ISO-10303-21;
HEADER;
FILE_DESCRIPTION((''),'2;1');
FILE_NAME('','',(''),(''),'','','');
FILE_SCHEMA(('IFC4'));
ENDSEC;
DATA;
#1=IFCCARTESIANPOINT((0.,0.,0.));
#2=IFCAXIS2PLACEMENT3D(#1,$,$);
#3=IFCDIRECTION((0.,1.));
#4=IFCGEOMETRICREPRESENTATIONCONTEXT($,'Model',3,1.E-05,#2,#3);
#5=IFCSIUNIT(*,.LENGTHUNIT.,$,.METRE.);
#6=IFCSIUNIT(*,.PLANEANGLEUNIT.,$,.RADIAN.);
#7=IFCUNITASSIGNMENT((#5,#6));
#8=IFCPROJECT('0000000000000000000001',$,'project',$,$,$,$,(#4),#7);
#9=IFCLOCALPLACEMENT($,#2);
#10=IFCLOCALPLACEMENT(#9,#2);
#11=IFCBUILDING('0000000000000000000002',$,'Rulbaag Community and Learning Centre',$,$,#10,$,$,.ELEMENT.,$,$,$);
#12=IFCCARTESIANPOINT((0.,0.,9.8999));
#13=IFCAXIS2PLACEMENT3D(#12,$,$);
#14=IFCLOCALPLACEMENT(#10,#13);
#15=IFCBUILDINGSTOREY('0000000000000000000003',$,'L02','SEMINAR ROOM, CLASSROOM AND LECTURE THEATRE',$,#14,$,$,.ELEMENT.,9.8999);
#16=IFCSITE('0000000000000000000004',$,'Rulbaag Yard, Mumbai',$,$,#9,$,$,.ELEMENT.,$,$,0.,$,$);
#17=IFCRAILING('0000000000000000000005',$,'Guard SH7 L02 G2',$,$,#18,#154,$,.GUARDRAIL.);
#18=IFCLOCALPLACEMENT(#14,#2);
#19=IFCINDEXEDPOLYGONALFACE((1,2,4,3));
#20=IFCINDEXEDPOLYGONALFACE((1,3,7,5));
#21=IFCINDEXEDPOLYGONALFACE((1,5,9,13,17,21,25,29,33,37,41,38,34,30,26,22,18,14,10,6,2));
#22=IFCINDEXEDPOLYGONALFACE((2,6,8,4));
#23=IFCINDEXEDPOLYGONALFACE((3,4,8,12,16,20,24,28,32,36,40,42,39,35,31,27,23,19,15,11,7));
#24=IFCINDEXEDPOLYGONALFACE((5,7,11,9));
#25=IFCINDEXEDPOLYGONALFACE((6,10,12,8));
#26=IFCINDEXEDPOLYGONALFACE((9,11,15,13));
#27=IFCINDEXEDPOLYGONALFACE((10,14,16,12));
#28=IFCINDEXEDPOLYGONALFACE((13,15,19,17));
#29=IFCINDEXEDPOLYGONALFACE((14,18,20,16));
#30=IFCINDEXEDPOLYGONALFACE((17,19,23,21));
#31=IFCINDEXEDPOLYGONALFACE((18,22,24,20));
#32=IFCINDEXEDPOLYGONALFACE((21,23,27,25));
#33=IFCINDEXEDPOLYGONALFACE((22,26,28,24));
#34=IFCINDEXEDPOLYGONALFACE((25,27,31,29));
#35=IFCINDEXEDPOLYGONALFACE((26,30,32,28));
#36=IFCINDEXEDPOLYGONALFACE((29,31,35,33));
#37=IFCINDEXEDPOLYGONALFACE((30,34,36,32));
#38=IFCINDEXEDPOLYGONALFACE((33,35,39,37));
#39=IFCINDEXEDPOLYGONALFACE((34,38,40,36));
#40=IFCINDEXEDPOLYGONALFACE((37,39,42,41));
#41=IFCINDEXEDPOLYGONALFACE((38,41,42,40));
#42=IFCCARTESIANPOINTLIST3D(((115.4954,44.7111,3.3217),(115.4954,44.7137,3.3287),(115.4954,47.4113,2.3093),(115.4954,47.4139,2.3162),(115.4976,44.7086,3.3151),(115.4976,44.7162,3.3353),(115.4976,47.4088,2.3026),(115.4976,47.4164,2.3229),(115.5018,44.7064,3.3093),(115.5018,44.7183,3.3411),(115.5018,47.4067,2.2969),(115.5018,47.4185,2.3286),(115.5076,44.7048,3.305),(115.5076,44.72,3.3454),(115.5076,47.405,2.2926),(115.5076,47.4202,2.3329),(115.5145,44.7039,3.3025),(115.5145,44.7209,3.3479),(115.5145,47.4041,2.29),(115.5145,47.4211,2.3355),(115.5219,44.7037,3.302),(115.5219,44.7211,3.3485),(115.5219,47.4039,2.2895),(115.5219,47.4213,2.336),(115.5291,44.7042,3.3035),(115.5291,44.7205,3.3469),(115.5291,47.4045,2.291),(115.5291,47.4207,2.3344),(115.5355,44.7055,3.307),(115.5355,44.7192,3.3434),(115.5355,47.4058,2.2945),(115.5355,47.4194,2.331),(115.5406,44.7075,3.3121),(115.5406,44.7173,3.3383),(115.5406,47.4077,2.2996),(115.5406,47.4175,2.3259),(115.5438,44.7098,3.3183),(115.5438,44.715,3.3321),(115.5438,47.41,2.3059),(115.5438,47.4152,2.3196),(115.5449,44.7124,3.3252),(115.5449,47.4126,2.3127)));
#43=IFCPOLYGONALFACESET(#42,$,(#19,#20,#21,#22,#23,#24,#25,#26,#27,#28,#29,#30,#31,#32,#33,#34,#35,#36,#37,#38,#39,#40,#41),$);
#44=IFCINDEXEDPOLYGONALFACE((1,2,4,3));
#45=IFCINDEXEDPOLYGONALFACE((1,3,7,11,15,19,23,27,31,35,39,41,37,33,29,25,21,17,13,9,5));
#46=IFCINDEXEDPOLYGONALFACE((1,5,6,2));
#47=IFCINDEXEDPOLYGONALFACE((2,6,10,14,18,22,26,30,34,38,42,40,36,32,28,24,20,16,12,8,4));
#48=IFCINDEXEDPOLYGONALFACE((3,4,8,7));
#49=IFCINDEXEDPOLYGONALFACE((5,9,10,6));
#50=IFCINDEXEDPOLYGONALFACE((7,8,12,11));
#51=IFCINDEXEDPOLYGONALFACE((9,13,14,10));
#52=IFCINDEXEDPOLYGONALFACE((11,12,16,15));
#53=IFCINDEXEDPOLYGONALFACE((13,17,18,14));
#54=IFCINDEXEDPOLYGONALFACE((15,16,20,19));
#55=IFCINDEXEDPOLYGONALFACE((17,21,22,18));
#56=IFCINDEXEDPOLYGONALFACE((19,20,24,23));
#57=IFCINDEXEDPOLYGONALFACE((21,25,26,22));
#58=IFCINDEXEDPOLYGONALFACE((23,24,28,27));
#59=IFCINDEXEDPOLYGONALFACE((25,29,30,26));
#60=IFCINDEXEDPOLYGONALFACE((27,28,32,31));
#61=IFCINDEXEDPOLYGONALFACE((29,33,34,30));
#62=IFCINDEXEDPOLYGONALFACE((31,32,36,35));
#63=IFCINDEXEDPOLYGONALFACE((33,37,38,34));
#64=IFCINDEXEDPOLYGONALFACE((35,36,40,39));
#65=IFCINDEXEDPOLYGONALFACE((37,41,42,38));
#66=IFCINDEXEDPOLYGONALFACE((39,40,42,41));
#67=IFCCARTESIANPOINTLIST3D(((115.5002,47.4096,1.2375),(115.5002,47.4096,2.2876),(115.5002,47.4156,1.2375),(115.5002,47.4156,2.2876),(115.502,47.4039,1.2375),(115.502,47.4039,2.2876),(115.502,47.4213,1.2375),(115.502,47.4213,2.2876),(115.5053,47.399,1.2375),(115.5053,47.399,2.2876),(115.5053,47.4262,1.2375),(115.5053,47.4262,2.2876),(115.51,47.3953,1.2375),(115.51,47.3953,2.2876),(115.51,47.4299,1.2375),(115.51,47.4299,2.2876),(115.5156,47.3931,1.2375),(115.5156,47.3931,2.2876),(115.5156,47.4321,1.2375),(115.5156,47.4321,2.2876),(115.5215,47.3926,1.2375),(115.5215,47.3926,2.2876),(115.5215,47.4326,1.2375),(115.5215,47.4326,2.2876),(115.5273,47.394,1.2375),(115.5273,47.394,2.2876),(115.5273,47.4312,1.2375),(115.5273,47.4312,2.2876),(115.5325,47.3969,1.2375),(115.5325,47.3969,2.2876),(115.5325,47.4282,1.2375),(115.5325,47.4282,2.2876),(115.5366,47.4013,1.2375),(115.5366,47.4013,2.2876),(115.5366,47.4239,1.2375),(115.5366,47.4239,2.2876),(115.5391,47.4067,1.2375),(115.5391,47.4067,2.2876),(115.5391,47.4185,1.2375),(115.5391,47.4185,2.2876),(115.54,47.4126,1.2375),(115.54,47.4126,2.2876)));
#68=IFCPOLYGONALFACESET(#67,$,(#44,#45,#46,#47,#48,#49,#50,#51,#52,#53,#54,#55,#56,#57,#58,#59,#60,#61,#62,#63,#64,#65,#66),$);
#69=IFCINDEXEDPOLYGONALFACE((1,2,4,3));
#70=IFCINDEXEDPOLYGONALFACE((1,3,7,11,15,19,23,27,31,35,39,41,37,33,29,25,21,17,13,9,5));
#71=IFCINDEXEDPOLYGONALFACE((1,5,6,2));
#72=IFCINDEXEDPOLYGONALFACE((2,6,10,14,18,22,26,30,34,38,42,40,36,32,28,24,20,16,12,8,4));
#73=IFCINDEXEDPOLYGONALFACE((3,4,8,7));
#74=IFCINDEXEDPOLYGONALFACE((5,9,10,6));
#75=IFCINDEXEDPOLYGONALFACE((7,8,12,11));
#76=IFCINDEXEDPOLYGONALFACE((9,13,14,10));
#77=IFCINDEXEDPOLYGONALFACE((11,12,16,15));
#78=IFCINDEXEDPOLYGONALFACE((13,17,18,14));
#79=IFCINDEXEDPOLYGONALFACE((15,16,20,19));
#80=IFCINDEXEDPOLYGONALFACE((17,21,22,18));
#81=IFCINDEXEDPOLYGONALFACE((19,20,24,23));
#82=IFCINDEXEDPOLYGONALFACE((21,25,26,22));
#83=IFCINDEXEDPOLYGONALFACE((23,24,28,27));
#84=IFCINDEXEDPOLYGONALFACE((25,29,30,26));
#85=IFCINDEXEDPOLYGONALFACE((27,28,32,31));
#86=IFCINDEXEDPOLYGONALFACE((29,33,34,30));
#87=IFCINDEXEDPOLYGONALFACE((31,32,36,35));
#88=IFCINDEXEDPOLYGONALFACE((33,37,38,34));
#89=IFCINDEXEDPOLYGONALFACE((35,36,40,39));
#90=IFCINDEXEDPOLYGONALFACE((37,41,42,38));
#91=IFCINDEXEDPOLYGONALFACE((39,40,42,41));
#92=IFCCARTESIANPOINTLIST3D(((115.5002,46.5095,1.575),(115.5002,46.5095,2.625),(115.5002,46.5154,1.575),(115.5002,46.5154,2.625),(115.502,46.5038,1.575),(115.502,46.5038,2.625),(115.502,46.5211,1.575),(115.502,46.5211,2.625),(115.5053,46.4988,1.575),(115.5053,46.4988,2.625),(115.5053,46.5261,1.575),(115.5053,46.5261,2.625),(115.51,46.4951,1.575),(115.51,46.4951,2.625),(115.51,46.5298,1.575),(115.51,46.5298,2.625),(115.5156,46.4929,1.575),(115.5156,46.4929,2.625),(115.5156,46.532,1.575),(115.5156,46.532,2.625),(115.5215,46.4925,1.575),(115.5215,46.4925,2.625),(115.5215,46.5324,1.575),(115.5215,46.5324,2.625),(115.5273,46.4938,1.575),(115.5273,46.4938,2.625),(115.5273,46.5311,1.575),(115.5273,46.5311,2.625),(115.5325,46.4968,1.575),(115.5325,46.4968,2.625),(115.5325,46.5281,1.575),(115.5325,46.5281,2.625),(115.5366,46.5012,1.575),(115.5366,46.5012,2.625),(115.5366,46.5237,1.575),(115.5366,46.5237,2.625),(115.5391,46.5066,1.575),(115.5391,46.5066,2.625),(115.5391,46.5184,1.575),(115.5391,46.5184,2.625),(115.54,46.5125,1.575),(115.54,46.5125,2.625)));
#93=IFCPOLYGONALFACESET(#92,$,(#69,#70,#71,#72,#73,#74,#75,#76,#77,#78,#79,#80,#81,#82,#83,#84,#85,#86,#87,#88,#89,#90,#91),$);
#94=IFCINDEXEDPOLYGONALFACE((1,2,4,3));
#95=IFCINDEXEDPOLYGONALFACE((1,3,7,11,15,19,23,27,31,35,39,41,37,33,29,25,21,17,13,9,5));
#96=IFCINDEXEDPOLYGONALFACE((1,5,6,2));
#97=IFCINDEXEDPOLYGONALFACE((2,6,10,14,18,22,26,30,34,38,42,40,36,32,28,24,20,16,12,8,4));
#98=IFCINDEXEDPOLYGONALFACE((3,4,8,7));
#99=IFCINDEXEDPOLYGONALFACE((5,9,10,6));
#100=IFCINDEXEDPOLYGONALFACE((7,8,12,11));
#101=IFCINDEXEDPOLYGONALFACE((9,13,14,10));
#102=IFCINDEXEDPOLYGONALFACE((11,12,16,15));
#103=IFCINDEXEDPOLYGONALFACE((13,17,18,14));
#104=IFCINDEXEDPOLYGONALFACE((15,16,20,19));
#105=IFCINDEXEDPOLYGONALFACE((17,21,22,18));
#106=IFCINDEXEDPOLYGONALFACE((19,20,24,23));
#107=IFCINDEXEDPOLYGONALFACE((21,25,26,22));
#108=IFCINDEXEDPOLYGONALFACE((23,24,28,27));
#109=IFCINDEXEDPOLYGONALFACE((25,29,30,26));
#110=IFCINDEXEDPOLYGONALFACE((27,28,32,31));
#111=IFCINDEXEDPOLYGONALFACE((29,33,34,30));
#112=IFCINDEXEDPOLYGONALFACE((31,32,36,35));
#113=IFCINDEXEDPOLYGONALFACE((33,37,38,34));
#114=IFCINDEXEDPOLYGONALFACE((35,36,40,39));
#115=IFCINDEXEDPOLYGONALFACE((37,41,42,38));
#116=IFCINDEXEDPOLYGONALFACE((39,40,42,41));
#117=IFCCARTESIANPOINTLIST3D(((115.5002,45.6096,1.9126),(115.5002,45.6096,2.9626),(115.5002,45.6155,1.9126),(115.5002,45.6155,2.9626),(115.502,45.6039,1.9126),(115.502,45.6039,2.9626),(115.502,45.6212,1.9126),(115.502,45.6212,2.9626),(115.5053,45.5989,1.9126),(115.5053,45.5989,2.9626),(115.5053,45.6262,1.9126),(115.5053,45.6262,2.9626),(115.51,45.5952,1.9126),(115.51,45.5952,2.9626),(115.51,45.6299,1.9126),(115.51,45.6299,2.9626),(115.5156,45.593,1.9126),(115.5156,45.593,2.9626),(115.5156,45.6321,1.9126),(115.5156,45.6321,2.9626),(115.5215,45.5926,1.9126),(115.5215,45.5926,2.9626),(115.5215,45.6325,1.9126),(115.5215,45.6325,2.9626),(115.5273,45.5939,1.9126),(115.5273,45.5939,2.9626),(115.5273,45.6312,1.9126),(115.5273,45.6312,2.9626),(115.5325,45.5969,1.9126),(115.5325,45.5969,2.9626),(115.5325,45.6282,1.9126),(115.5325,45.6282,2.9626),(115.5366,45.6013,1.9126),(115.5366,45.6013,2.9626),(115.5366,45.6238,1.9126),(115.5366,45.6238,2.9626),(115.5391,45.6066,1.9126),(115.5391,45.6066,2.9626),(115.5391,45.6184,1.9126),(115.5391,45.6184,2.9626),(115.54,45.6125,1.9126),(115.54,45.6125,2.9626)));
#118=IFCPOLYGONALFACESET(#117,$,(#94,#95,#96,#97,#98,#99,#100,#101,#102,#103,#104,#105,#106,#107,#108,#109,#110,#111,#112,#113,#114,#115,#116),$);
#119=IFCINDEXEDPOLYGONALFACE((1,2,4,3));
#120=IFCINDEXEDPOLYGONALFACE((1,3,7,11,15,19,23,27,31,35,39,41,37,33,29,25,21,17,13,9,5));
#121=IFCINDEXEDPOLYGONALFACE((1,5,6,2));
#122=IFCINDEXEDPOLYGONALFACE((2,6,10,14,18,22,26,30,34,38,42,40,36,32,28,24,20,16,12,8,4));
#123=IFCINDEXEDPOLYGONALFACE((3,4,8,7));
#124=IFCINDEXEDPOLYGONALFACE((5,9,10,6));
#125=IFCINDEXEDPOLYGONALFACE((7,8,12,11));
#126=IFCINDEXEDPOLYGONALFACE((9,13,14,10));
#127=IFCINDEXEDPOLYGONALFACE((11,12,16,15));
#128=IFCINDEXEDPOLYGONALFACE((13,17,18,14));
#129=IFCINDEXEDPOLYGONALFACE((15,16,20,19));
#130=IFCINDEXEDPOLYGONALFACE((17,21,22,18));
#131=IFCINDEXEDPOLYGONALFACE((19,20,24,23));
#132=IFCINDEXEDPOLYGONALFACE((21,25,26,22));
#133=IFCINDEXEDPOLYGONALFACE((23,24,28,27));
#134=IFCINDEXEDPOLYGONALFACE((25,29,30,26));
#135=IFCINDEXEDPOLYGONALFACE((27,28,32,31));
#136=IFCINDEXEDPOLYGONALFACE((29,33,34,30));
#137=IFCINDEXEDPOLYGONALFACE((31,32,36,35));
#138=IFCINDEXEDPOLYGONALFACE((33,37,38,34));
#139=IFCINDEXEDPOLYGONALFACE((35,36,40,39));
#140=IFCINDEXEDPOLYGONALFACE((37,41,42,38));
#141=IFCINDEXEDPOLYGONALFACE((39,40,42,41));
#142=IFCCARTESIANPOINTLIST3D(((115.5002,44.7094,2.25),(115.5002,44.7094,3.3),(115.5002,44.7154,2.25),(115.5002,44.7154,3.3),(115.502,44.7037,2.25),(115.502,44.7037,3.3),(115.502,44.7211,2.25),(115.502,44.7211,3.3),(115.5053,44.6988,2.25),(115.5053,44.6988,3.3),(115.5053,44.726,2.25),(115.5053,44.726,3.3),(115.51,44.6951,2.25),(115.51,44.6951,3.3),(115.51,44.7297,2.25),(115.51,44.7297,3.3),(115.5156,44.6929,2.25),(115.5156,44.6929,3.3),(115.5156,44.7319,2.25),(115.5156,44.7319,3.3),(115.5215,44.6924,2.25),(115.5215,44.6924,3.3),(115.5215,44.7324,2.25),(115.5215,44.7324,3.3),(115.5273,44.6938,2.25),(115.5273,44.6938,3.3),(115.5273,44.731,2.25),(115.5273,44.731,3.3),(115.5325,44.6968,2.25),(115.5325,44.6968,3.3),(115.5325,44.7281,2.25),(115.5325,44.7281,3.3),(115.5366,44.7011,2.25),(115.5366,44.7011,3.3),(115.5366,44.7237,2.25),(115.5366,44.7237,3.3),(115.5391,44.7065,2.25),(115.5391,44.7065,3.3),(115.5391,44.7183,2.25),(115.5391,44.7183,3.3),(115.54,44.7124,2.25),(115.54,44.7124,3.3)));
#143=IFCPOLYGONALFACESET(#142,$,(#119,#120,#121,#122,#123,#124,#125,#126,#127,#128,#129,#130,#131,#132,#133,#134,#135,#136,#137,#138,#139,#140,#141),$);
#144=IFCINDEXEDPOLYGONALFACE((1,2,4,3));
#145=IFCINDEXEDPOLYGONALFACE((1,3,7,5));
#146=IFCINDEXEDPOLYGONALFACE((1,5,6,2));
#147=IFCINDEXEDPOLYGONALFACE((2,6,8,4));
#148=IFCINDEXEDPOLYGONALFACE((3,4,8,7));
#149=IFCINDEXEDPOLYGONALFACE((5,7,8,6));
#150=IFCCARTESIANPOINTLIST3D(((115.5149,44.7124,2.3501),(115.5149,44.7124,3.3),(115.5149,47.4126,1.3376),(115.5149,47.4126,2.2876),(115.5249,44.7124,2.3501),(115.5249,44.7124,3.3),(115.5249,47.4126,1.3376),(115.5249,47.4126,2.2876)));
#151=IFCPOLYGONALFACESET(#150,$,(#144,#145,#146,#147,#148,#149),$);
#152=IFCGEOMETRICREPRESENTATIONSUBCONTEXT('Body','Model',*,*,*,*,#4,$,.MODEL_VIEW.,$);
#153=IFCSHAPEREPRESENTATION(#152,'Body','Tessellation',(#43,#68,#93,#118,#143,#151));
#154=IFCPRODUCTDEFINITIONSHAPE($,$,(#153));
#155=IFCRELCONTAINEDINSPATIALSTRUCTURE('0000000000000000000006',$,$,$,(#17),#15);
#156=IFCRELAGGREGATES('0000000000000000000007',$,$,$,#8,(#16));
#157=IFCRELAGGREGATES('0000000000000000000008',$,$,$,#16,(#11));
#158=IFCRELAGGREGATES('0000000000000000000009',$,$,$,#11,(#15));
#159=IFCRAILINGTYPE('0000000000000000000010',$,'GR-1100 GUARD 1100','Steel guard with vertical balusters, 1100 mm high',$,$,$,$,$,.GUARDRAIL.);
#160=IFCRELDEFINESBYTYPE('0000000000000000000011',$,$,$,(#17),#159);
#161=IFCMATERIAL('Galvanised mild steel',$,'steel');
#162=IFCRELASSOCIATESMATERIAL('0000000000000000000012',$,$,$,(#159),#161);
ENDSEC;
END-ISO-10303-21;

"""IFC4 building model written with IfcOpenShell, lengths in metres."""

from ifc_helpers import new_model, si_unit, direction, frame, origin, origin_2d, place, context, subcontext, project, spatial, polyline, circle, outline, extrude, material, type_object, element, save


model = new_model("IFC4")

# Units and contexts
model_context = context("Model", 3, precision=1e-05, world=origin(), true_north=direction((0.0, 1.0)))
body_context = subcontext(model_context, "Body", "Model", "MODEL_VIEW")
ifc_project = project(units=[si_unit("LENGTHUNIT", "METRE"), si_unit("PLANEANGLEUNIT", "RADIAN")], contexts=[model_context])

# Site, building, storey
site_placement = place(None, origin())
site = spatial("IfcSite", under=ifc_project, at=site_placement, Name="Rulbaag Yard, Mumbai", CompositionType="ELEMENT", RefElevation=0.0)
building_placement = place(site_placement, origin())
building = spatial("IfcBuilding", under=site, at=building_placement, Name="Rulbaag Community and Learning Centre", CompositionType="ELEMENT")
storey_placement = place(building_placement, frame((0.0, 0.0, 9.8999)))
storey = spatial("IfcBuildingStorey", under=building, at=storey_placement, Name="L02", Description="SEMINAR ROOM, CLASSROOM AND LECTURE THEATRE", CompositionType="ELEMENT", Elevation=9.8999)

# Railing
ifc_material_1 = material(Name="Galvanised mild steel", Category="steel")
railing_type_1 = type_object("IfcRailingType", Name="GR-1100 GUARD 1100", Description="Steel guard with vertical balusters, 1100 mm high", PredefinedType="GUARDRAIL", material=ifc_material_1)
railing_1_placement = place(storey_placement, frame((115.52, 47.4126, 1.2375)))
element("IfcRailing", 1, at=railing_1_placement, inside=storey, type_object=railing_type_1, Name="Guard SH7 L02 G2", PredefinedType="GUARDRAIL", context=body_context, shape_type="SweptSolid", body=[
    extrude(circle(Radius=0.0249, at=origin_2d()), frame((0.0, 0.0, 1.0752), z_axis=(0.0, -0.936343, 0.351086), x_axis=(1.0, 0.0, 0.0)), (0.0, 0.0, 1.0), 2.8838),
    extrude(circle(Radius=0.02, at=origin_2d()), origin(), (0.0, 0.0, 1.0), 1.05),
    extrude(circle(Radius=0.02, at=origin_2d()), frame((0.0, -0.9001, 0.3374)), (0.0, 0.0, 1.0), 1.05),
    extrude(circle(Radius=0.02, at=origin_2d()), frame((0.0, -1.8, 0.675)), (0.0, 0.0, 1.0), 1.05),
    extrude(circle(Radius=0.02, at=origin_2d()), frame((0.0, -2.7002, 1.0125)), (0.0, 0.0, 1.0), 1.05),
    extrude(outline(polyline([(0.0, 0.0), (2.7002, 1.0125), (2.7002, 1.9624), (0.0, 0.95), (0.0, 0.0)])), frame((0.0049, 0.0, 0.1001), z_axis=(-1.0, 0.0, 0.0), x_axis=(0.0, -1.0, 0.0)), (0.0, 0.0, 1.0), 0.01),
])

save(model, "model.ifc")
